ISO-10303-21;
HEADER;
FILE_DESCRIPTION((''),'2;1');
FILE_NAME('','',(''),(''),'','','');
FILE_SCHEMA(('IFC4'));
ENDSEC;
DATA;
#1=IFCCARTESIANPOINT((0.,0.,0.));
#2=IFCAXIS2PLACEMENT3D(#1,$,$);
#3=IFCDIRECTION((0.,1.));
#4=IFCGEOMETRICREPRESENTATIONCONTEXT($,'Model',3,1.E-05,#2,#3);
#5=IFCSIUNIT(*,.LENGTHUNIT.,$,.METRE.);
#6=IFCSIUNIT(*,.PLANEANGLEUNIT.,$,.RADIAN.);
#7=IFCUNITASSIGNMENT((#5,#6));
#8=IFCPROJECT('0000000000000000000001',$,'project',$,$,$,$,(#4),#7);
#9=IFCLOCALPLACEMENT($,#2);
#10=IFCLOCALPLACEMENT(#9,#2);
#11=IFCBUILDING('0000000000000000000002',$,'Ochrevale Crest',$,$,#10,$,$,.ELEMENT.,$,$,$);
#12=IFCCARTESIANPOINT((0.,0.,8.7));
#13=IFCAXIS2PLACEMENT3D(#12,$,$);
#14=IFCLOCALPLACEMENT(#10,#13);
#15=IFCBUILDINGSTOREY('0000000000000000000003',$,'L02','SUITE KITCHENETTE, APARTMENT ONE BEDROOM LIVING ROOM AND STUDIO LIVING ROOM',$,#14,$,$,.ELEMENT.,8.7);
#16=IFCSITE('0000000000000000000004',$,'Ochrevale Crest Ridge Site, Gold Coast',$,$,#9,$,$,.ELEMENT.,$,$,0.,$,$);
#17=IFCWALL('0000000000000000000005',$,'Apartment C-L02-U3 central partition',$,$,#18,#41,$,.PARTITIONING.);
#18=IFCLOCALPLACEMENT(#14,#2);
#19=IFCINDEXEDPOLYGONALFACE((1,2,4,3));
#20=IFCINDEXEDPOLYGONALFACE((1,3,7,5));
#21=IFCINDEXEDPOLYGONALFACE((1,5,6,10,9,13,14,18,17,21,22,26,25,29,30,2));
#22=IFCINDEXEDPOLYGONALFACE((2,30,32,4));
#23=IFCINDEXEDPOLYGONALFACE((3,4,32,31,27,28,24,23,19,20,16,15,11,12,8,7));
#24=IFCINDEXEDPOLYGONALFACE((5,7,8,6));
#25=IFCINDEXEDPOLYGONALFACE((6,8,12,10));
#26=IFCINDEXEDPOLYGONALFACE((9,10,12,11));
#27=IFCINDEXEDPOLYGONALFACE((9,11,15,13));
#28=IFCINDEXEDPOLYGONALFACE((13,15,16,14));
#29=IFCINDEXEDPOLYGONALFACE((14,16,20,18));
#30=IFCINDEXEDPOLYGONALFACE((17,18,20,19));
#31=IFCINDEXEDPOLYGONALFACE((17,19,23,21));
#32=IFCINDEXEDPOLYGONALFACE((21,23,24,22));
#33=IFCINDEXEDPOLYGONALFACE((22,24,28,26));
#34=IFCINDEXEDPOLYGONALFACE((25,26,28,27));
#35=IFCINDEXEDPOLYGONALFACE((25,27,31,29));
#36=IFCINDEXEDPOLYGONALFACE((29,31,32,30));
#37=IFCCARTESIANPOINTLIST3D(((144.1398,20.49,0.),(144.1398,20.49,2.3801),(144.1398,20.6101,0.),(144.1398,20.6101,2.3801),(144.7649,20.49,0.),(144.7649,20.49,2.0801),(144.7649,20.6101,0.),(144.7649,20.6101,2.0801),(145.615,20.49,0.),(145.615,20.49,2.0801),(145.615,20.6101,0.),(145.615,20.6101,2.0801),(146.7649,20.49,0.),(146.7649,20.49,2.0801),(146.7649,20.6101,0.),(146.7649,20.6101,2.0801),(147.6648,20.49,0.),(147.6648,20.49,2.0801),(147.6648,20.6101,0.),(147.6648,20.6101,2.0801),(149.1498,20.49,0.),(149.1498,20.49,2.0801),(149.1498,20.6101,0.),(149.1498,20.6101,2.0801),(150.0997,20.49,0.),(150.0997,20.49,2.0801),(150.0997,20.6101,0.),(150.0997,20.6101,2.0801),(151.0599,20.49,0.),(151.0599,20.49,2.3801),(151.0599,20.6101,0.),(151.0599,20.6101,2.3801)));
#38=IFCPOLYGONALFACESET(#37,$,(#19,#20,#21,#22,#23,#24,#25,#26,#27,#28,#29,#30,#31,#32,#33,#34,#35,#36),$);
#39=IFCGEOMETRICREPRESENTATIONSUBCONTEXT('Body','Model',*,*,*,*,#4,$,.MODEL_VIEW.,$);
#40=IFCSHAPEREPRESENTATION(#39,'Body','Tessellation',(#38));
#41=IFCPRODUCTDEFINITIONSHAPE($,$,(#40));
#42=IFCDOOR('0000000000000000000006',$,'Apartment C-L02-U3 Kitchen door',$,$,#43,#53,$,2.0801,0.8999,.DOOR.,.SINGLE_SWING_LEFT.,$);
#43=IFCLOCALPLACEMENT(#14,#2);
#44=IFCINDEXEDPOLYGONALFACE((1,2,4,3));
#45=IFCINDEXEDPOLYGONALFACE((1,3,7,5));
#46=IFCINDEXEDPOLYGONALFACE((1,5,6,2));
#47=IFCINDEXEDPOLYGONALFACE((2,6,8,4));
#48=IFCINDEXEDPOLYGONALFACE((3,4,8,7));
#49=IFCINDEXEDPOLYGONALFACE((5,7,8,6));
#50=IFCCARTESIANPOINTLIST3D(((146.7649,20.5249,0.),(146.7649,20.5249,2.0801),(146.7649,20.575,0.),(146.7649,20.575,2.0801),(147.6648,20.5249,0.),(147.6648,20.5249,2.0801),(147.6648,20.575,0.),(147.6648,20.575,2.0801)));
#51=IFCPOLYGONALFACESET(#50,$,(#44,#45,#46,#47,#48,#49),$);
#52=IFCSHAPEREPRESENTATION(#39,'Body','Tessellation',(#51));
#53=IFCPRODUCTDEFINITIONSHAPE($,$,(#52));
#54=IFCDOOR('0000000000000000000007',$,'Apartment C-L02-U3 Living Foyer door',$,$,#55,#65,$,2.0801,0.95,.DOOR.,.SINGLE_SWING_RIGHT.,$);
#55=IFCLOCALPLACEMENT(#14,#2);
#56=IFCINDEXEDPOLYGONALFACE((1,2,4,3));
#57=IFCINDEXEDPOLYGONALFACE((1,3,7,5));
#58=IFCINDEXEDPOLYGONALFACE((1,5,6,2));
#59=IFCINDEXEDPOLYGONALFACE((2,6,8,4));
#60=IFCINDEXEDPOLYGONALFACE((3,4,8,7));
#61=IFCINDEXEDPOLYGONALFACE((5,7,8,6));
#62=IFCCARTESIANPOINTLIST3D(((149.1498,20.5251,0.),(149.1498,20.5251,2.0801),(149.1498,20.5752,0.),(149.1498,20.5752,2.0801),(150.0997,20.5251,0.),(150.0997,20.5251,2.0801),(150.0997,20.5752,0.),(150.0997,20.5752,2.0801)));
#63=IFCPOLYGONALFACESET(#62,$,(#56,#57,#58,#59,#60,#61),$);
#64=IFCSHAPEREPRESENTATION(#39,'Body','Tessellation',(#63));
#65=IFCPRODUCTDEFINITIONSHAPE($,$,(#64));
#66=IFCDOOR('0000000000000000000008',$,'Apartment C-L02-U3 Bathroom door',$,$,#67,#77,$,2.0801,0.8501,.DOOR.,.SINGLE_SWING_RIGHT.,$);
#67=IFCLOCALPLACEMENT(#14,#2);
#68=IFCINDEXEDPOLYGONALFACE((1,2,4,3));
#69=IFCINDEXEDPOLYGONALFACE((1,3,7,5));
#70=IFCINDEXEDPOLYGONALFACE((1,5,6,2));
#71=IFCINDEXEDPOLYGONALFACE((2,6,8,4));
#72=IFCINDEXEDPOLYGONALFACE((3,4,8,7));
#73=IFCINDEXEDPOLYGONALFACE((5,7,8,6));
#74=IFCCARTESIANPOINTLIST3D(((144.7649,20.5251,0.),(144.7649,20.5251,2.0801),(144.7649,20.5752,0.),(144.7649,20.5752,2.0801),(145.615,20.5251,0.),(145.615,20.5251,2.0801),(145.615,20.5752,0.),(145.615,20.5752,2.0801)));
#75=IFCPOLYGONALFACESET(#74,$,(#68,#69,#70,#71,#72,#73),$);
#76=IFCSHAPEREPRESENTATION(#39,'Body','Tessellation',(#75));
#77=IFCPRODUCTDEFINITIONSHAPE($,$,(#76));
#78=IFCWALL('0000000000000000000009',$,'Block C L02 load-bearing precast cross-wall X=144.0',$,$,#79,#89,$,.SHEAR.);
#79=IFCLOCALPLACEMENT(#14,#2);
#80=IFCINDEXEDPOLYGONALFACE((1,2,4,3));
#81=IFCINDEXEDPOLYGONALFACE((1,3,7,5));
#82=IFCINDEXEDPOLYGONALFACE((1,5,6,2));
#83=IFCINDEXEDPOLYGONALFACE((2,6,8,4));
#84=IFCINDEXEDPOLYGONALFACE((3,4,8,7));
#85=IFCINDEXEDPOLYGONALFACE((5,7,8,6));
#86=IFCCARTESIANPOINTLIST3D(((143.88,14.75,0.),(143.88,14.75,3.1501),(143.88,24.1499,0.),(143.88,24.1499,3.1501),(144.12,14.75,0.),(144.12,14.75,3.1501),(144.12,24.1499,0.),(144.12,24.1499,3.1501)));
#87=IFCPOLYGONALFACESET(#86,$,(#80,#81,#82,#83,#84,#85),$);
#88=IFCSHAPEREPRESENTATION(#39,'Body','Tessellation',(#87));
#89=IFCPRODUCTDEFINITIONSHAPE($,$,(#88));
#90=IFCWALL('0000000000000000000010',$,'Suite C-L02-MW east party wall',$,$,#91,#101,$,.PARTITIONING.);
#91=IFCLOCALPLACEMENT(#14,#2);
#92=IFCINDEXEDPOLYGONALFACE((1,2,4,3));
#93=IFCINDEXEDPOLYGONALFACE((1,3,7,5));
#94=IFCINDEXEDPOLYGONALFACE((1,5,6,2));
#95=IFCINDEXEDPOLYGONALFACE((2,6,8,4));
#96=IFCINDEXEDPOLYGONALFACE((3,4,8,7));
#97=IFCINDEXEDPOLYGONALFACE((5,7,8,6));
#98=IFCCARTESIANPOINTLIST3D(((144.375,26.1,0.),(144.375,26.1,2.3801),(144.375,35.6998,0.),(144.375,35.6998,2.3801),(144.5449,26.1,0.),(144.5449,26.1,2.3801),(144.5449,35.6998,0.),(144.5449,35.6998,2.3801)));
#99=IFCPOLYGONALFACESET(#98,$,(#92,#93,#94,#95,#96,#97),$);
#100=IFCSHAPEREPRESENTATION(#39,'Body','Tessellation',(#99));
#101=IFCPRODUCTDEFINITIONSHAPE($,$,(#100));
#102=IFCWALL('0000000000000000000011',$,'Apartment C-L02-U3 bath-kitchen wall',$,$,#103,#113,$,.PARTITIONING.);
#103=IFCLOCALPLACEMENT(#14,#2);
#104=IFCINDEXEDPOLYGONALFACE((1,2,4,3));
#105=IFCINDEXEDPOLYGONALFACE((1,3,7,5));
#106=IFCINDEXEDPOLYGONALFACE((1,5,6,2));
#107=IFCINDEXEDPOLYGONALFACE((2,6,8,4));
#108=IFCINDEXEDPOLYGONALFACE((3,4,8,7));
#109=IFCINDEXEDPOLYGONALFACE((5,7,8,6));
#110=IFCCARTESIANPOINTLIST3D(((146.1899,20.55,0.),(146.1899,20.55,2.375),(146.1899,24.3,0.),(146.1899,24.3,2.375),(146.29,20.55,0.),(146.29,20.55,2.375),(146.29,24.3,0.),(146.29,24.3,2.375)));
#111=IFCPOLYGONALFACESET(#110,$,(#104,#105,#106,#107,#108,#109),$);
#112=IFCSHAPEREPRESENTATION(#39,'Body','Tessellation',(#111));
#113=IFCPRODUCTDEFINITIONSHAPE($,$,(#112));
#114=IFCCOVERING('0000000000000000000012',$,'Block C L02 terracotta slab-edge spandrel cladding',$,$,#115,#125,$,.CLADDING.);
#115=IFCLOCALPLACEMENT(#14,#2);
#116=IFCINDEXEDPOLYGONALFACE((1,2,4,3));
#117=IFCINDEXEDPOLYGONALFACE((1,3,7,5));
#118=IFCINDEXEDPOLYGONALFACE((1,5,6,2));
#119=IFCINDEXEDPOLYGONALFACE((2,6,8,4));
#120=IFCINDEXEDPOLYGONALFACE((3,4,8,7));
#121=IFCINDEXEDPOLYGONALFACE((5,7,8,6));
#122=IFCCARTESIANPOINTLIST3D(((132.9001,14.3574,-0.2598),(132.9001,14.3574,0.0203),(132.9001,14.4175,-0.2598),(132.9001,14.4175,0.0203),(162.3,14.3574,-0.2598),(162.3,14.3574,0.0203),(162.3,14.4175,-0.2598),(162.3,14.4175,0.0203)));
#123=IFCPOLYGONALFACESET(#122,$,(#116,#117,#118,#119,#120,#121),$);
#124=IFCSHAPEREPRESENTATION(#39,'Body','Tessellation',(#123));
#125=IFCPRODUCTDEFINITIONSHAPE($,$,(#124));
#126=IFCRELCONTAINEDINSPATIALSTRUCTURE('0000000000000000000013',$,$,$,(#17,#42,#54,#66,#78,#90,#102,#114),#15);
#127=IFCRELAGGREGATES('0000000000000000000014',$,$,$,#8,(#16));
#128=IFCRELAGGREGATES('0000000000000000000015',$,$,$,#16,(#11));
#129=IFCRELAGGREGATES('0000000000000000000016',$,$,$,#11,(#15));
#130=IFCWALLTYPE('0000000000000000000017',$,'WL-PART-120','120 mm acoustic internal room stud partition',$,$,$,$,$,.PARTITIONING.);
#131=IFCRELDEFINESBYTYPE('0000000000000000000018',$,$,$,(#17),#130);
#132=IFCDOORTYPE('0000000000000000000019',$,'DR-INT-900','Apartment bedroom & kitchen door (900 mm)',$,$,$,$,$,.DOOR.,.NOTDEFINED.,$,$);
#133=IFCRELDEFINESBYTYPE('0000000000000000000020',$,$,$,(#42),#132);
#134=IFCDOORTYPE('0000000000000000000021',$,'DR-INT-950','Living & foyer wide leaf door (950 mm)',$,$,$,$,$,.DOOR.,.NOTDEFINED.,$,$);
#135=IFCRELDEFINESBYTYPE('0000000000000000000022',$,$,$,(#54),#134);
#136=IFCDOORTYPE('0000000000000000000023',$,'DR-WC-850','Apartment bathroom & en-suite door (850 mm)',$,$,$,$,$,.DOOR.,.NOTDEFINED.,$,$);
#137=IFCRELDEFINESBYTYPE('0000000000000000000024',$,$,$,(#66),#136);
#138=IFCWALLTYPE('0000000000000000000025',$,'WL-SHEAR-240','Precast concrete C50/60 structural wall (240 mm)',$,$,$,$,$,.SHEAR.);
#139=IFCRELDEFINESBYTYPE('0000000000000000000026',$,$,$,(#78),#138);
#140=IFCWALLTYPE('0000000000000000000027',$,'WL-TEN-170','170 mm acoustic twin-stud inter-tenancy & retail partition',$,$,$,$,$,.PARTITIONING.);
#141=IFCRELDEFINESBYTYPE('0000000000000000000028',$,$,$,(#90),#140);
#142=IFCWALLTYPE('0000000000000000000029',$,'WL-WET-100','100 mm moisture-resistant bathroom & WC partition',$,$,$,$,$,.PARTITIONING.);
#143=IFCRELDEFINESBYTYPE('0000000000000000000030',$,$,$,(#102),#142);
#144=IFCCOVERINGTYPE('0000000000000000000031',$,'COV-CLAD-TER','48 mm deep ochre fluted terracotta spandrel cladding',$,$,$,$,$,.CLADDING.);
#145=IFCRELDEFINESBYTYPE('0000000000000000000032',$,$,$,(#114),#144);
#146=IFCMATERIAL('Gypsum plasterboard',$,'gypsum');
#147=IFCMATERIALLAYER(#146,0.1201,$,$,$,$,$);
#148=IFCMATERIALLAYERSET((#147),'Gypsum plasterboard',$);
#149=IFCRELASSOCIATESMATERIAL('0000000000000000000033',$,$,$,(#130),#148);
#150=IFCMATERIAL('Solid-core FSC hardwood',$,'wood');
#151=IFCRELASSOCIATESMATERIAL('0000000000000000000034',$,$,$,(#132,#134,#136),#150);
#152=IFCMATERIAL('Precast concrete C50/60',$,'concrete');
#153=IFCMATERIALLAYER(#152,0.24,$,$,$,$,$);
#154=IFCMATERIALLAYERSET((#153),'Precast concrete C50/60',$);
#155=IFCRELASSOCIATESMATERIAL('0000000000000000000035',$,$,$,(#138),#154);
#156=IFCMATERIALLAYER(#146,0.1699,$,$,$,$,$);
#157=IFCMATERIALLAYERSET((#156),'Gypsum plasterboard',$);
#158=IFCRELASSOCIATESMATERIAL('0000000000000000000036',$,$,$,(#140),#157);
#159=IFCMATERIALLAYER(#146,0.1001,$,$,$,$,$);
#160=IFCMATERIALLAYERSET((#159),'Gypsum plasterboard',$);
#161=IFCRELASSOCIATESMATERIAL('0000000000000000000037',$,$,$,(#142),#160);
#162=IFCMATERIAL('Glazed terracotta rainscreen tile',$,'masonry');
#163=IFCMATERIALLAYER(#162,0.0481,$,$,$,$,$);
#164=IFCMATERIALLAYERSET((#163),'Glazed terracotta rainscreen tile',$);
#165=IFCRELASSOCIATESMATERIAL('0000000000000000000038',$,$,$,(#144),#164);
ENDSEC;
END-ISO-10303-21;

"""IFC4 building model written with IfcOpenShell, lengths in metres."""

from ifc_helpers import new_model, si_unit, direction, frame, frame_2d, origin, origin_2d, place, context, subcontext, project, spatial, rectangle, extrude, material, layer, layer_set, type_object, element, fill, save


model = new_model("IFC4")

# Units and contexts
model_context = context("Model", 3, precision=1e-05, world=origin(), true_north=direction((0.0, 1.0)))
body_context = subcontext(model_context, "Body", "Model", "MODEL_VIEW")
ifc_project = project(units=[si_unit("LENGTHUNIT", "METRE"), si_unit("PLANEANGLEUNIT", "RADIAN")], contexts=[model_context])

# Site, building, storey
site_placement = place(None, origin())
site = spatial("IfcSite", under=ifc_project, at=site_placement, Name="Ochrevale Crest Ridge Site, Gold Coast", CompositionType="ELEMENT", RefElevation=0.0)
building_placement = place(site_placement, origin())
building = spatial("IfcBuilding", under=site, at=building_placement, Name="Ochrevale Crest", CompositionType="ELEMENT")
storey_placement = place(building_placement, frame((0.0, 0.0, 8.7)))
storey = spatial("IfcBuildingStorey", under=building, at=storey_placement, Name="L02", Description="SUITE KITCHENETTE, APARTMENT ONE BEDROOM LIVING ROOM AND STUDIO LIVING ROOM", CompositionType="ELEMENT", Elevation=8.7)

# Shared definitions
ifc_material_1 = material(Name="Precast concrete C50/60", Category="concrete")

# Shared definitions
ifc_material_2 = material(Name="Gypsum plasterboard", Category="gypsum")
ifc_material_3 = material(Name="Solid-core FSC hardwood", Category="wood")

# Shared definitions
ifc_layer_1 = layer(ifc_material_2, 0.1201)
ifc_layer_set_1 = layer_set([ifc_layer_1], Name="Gypsum plasterboard")
wall_type_1 = type_object("IfcWallType", Name="WL-PART-120", Description="120 mm acoustic internal room stud partition", PredefinedType="PARTITIONING", material=ifc_layer_set_1)

# Wall, openings, doors
wall_1_placement = place(storey_placement, frame((144.1399, 20.55, 0.0), z_axis=(0.0, 0.0, 1.0), x_axis=(1.0, 0.0, 0.0)))
wall_1 = element("IfcWall", 1, at=wall_1_placement, inside=storey, type_object=wall_type_1, Name="Apartment C-L02-U3 central partition", PredefinedType="PARTITIONING", context=body_context, shape_type="SweptSolid", body=[
    extrude(rectangle(XDim=6.9202, YDim=0.1201, at=frame_2d((3.46, 0.0))), origin(), (0.0, 0.0, 1.0), 2.3801),
])
opening_1_placement = place(wall_1_placement, frame((1.4751, 0.0, 0.0), z_axis=(0.0, 0.0, 1.0), x_axis=(-1.0, 0.0, 0.0)))
opening_1 = element("IfcOpeningElement", 2, at=opening_1_placement, cuts=wall_1, PredefinedType="OPENING", context=body_context, shape_type="SweptSolid", body=[
    extrude(rectangle(XDim=0.8501, YDim=2.0801, at=frame_2d((0.425, 1.04))), frame((0.0, 0.0701, 0.0), z_axis=(0.0, -1.0, 0.0), x_axis=(1.0, 0.0, 0.0)), (0.0, 0.0, 1.0), 0.1401),
])
opening_2_placement = place(wall_1_placement, frame((2.625, 0.0, 0.0)))
opening_2 = element("IfcOpeningElement", 3, at=opening_2_placement, cuts=wall_1, PredefinedType="OPENING", context=body_context, shape_type="SweptSolid", body=[
    extrude(rectangle(XDim=0.8999, YDim=2.0801, at=frame_2d((0.45, 1.04))), frame((0.0, 0.0701, 0.0), z_axis=(0.0, -1.0, 0.0), x_axis=(1.0, 0.0, 0.0)), (0.0, 0.0, 1.0), 0.1401),
])
opening_3_placement = place(wall_1_placement, frame((5.96, 0.0, 0.0), z_axis=(0.0, 0.0, 1.0), x_axis=(-1.0, 0.0, 0.0)))
opening_3 = element("IfcOpeningElement", 4, at=opening_3_placement, cuts=wall_1, PredefinedType="OPENING", context=body_context, shape_type="SweptSolid", body=[
    extrude(rectangle(XDim=0.95, YDim=2.0801, at=frame_2d((0.4751, 1.04))), frame((0.0, 0.0701, 0.0), z_axis=(0.0, -1.0, 0.0), x_axis=(1.0, 0.0, 0.0)), (0.0, 0.0, 1.0), 0.1401),
])
door_type_1 = type_object("IfcDoorType", Name="DR-INT-900", Description="Apartment bedroom & kitchen door (900 mm)", OperationType="NOTDEFINED", PredefinedType="DOOR", material=ifc_material_3)
door_1_placement = place(opening_2_placement, origin())
door_1 = element("IfcDoor", 5, at=door_1_placement, inside=storey, type_object=door_type_1, Name="Apartment C-L02-U3 Kitchen door", OperationType="SINGLE_SWING_LEFT", OverallHeight=2.0801, OverallWidth=0.8999, PredefinedType="DOOR", context=body_context, shape_type="SweptSolid", body=[
    extrude(rectangle(XDim=0.8999, YDim=2.0801, at=frame_2d((0.45, 1.04))), frame((0.0, 0.0249, 0.0), z_axis=(0.0, -1.0, 0.0), x_axis=(1.0, 0.0, 0.0)), (0.0, 0.0, 1.0), 0.05),
])
fill(opening_2, door_1)
door_type_2 = type_object("IfcDoorType", Name="DR-INT-950", Description="Living & foyer wide leaf door (950 mm)", OperationType="NOTDEFINED", PredefinedType="DOOR", material=ifc_material_3)
door_2_placement = place(opening_3_placement, origin())
door_2 = element("IfcDoor", 6, at=door_2_placement, inside=storey, type_object=door_type_2, Name="Apartment C-L02-U3 Living Foyer door", OperationType="SINGLE_SWING_RIGHT", OverallHeight=2.0801, OverallWidth=0.95, PredefinedType="DOOR", context=body_context, shape_type="SweptSolid", body=[
    extrude(rectangle(XDim=0.95, YDim=2.0801, at=frame_2d((0.4751, 1.04))), frame((0.0, 0.0249, 0.0), z_axis=(0.0, -1.0, 0.0), x_axis=(1.0, 0.0, 0.0)), (0.0, 0.0, 1.0), 0.05),
])
fill(opening_3, door_2)
door_type_3 = type_object("IfcDoorType", Name="DR-WC-850", Description="Apartment bathroom & en-suite door (850 mm)", OperationType="NOTDEFINED", PredefinedType="DOOR", material=ifc_material_3)
door_3_placement = place(opening_1_placement, origin())
door_3 = element("IfcDoor", 7, at=door_3_placement, inside=storey, type_object=door_type_3, Name="Apartment C-L02-U3 Bathroom door", OperationType="SINGLE_SWING_RIGHT", OverallHeight=2.0801, OverallWidth=0.8501, PredefinedType="DOOR", context=body_context, shape_type="SweptSolid", body=[
    extrude(rectangle(XDim=0.8501, YDim=2.0801, at=frame_2d((0.425, 1.04))), frame((0.0, 0.0249, 0.0), z_axis=(0.0, -1.0, 0.0), x_axis=(1.0, 0.0, 0.0)), (0.0, 0.0, 1.0), 0.05),
])
fill(opening_1, door_3)

# Walls
ifc_layer_2 = layer(ifc_material_1, 0.24)
ifc_layer_set_2 = layer_set([ifc_layer_2], Name="Precast concrete C50/60")
wall_type_2 = type_object("IfcWallType", Name="WL-SHEAR-240", Description="Precast concrete C50/60 structural wall (240 mm)", PredefinedType="SHEAR", material=ifc_layer_set_2)
wall_2_placement = place(storey_placement, frame((144.0, 14.75, 0.0), z_axis=(0.0, 0.0, 1.0), x_axis=(0.0, 1.0, 0.0)))
element("IfcWall", 8, at=wall_2_placement, inside=storey, type_object=wall_type_2, Name="Block C L02 load-bearing precast cross-wall X=144.0", PredefinedType="SHEAR", context=body_context, shape_type="SweptSolid", body=[
    extrude(rectangle(XDim=9.3999, YDim=0.24, at=frame_2d((4.7, 0.0))), origin(), (0.0, 0.0, 1.0), 3.1501),
])
ifc_layer_3 = layer(ifc_material_2, 0.1699)
ifc_layer_set_3 = layer_set([ifc_layer_3], Name="Gypsum plasterboard")
wall_type_3 = type_object("IfcWallType", Name="WL-TEN-170", Description="170 mm acoustic twin-stud inter-tenancy & retail partition", PredefinedType="PARTITIONING", material=ifc_layer_set_3)
wall_3_placement = place(storey_placement, frame((144.46, 26.1001, 0.0), z_axis=(0.0, 0.0, 1.0), x_axis=(0.0, 1.0, 0.0)))
element("IfcWall", 9, at=wall_3_placement, inside=storey, type_object=wall_type_3, Name="Suite C-L02-MW east party wall", PredefinedType="PARTITIONING", context=body_context, shape_type="SweptSolid", body=[
    extrude(rectangle(XDim=9.5999, YDim=0.1699, at=frame_2d((4.7998, 0.0))), origin(), (0.0, 0.0, 1.0), 2.3801),
])
ifc_layer_4 = layer(ifc_material_2, 0.1001)
ifc_layer_set_4 = layer_set([ifc_layer_4], Name="Gypsum plasterboard")
wall_type_4 = type_object("IfcWallType", Name="WL-WET-100", Description="100 mm moisture-resistant bathroom & WC partition", PredefinedType="PARTITIONING", material=ifc_layer_set_4)
wall_4_placement = place(storey_placement, frame((146.24, 20.55, 0.0), z_axis=(0.0, 0.0, 1.0), x_axis=(0.0, 1.0, 0.0)))
element("IfcWall", 10, at=wall_4_placement, inside=storey, type_object=wall_type_4, Name="Apartment C-L02-U3 bath-kitchen wall", PredefinedType="PARTITIONING", context=body_context, shape_type="SweptSolid", body=[
    extrude(rectangle(XDim=3.75, YDim=0.1001, at=frame_2d((1.875, 0.0))), origin(), (0.0, 0.0, 1.0), 2.375),
])

# Covering
ifc_material_4 = material(Name="Glazed terracotta rainscreen tile", Category="masonry")
ifc_layer_5 = layer(ifc_material_4, 0.0481)
ifc_layer_set_5 = layer_set([ifc_layer_5], Name="Glazed terracotta rainscreen tile")
covering_type = type_object("IfcCoveringType", Name="COV-CLAD-TER", Description="48 mm deep ochre fluted terracotta spandrel cladding", PredefinedType="CLADDING", material=ifc_layer_set_5)
covering_placement = place(storey_placement, frame((147.6001, 14.3875, -0.2598), z_axis=(0.0, 0.0, 1.0), x_axis=(1.0, 0.0, 0.0)))
element("IfcCovering", 11, at=covering_placement, inside=storey, type_object=covering_type, Name="Block C L02 terracotta slab-edge spandrel cladding", PredefinedType="CLADDING", context=body_context, shape_type="SweptSolid", body=[
    extrude(rectangle(XDim=29.3999, YDim=0.0601, at=origin_2d()), origin(), (0.0, 0.0, 1.0), 0.28),
])

save(model, "model.ifc")
